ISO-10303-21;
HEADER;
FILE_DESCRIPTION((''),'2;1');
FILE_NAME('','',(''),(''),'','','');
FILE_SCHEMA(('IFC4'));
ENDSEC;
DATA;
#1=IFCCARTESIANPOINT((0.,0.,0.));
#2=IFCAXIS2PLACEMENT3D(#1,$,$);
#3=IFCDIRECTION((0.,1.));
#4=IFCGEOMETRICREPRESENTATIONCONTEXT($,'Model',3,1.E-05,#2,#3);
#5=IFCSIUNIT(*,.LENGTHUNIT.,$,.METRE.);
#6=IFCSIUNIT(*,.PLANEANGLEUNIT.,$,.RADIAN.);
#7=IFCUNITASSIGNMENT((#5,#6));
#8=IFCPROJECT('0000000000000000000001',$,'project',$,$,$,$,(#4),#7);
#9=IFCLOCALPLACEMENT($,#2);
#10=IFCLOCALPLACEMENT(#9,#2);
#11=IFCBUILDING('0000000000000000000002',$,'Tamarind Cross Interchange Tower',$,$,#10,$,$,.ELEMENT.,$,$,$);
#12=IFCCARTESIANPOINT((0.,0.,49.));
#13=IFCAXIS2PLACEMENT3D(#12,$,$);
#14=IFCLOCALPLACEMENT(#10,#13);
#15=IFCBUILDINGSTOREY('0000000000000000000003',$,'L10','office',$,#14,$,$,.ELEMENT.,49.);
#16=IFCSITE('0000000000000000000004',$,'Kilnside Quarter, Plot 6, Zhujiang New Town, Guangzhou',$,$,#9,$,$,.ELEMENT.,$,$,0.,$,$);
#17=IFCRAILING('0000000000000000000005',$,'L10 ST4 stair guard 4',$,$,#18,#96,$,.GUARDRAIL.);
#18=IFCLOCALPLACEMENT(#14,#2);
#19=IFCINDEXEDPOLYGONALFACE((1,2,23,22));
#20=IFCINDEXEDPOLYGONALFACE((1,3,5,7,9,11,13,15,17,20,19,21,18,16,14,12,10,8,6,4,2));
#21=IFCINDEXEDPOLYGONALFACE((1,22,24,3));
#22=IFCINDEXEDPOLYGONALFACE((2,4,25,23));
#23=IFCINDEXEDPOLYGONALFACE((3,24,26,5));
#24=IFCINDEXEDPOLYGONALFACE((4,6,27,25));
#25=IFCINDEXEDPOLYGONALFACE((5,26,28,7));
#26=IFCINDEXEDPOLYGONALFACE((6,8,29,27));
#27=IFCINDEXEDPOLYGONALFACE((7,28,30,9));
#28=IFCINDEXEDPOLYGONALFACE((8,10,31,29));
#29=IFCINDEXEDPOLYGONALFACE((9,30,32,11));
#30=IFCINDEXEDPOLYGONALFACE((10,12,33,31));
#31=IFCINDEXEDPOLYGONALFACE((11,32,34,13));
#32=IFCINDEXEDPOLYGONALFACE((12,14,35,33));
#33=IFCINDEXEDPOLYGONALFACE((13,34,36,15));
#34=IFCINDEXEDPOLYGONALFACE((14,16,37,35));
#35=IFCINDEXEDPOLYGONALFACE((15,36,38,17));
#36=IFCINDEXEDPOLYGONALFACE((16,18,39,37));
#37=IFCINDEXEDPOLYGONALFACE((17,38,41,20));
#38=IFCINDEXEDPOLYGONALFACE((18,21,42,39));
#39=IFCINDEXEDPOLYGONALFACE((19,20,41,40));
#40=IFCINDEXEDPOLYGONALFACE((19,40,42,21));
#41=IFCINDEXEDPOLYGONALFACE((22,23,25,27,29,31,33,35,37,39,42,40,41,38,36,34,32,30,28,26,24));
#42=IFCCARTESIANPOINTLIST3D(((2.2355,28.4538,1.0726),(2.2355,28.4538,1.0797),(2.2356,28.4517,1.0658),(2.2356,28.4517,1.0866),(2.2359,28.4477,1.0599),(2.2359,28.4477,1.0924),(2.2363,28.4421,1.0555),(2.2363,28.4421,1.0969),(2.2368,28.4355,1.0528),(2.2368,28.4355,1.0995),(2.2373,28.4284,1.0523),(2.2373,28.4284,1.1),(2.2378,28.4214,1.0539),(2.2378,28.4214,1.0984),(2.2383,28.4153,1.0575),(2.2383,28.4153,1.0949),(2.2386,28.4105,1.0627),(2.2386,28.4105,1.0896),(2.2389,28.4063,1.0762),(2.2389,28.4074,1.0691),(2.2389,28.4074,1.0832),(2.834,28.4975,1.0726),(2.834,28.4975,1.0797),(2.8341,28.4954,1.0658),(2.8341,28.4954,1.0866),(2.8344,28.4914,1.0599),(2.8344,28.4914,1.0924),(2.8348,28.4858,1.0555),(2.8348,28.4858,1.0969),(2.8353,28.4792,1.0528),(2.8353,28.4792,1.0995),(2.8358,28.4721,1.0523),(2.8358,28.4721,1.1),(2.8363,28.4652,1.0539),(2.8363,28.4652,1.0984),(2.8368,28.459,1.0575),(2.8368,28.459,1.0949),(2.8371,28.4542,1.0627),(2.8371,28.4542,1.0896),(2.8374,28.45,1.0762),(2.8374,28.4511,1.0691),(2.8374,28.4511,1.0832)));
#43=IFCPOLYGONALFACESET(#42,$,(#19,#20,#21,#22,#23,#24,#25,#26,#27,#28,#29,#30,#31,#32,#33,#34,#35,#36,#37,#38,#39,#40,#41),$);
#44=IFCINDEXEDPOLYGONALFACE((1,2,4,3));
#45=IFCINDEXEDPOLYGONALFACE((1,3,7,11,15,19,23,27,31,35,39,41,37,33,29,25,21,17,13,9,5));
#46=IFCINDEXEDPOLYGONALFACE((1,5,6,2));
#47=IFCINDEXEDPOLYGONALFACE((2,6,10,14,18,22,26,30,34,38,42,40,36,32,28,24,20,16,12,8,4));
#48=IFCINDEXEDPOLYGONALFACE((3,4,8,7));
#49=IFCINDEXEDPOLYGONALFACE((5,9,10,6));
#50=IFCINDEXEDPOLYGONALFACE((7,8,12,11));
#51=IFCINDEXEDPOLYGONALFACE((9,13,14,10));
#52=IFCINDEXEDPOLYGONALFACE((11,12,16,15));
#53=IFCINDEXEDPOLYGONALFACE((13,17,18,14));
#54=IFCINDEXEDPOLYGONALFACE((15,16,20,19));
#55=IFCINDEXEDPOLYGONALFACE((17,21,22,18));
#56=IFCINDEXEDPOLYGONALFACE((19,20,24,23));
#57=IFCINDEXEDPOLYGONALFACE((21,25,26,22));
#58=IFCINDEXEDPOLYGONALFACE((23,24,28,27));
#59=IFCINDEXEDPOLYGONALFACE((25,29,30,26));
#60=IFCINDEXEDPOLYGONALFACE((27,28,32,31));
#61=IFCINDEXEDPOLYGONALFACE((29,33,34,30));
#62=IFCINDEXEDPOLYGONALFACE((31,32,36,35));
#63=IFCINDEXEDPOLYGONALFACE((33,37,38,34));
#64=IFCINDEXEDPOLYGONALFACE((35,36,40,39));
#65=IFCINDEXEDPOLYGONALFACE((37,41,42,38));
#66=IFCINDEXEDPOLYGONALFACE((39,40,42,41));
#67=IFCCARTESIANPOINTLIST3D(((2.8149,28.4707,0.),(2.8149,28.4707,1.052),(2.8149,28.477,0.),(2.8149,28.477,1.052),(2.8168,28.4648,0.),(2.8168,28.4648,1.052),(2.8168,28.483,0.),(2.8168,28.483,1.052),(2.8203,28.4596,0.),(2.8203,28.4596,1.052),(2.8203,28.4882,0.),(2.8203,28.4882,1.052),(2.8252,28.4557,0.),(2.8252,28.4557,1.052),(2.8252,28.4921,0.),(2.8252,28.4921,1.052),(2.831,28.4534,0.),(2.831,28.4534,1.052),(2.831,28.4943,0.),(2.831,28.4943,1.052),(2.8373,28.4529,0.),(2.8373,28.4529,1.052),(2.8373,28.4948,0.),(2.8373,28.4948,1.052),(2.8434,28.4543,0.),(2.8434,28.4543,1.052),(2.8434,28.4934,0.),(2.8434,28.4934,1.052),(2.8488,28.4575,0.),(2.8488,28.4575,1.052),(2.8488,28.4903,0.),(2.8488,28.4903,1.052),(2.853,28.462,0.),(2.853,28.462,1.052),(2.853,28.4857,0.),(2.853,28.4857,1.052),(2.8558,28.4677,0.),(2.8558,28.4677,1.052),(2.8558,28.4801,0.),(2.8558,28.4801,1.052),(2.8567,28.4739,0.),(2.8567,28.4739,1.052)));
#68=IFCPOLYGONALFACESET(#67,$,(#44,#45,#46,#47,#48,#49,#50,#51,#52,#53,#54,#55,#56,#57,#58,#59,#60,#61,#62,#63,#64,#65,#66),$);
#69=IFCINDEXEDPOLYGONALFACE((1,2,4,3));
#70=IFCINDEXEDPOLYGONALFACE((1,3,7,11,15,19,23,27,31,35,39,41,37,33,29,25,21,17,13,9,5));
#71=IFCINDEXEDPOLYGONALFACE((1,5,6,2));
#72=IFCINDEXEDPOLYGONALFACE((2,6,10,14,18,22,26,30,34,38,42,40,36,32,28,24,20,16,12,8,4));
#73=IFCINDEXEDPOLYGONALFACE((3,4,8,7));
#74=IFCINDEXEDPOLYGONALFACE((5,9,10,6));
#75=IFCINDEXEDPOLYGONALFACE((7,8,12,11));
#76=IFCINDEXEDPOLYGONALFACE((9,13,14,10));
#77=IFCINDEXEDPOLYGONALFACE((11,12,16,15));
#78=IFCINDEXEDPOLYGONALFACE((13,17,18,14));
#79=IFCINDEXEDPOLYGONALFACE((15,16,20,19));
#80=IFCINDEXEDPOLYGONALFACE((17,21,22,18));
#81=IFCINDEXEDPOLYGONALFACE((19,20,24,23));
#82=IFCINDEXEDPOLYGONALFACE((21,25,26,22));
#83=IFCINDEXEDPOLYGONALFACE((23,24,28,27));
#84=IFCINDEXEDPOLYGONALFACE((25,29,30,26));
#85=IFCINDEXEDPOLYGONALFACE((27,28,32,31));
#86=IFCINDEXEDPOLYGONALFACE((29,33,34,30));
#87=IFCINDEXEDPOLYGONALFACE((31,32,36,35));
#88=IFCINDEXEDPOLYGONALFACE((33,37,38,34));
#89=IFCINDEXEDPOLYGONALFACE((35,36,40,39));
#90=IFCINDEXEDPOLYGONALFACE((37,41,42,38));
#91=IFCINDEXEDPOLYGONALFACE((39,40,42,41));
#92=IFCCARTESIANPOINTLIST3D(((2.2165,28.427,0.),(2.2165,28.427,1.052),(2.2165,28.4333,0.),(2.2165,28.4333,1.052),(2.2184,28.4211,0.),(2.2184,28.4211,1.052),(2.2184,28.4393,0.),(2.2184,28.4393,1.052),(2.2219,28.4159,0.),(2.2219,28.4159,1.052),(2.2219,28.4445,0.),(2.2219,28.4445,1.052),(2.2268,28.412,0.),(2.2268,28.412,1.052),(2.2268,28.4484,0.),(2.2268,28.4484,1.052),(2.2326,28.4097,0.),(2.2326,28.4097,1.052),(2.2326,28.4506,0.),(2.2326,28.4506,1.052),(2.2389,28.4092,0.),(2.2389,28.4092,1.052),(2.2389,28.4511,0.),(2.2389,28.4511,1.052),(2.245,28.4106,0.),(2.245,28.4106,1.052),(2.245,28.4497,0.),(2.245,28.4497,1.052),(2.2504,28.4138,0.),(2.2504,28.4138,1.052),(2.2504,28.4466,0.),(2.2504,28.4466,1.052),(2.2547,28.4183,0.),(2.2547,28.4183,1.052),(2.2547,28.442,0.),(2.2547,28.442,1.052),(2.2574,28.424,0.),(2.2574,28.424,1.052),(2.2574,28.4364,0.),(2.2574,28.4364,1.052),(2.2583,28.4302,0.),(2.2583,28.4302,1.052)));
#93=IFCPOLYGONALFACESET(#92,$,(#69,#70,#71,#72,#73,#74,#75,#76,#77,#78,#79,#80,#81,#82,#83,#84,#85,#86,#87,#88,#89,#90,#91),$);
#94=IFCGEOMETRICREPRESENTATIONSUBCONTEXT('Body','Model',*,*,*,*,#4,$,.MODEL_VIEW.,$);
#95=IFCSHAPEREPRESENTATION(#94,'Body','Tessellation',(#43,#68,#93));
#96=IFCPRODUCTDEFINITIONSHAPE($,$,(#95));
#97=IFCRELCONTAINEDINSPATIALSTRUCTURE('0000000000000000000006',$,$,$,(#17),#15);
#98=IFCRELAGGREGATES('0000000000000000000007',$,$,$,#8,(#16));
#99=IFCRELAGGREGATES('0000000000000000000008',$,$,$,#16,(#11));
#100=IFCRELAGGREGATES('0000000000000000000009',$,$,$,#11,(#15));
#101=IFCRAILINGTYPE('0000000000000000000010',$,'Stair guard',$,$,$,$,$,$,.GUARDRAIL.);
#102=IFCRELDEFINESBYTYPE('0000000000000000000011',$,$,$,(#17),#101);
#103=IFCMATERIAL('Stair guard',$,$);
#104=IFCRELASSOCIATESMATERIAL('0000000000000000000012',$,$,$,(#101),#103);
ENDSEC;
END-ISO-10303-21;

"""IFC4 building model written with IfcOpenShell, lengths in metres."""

from ifc_helpers import new_model, si_unit, direction, frame, origin, origin_2d, place, context, subcontext, project, spatial, circle, extrude, material, type_object, element, save


model = new_model("IFC4")

# Units and contexts
model_context = context("Model", 3, precision=1e-05, world=origin(), true_north=direction((0.0, 1.0)))
body_context = subcontext(model_context, "Body", "Model", "MODEL_VIEW")
ifc_project = project(units=[si_unit("LENGTHUNIT", "METRE"), si_unit("PLANEANGLEUNIT", "RADIAN")], contexts=[model_context])

# Site, building, storey
site_placement = place(None, origin())
site = spatial("IfcSite", under=ifc_project, at=site_placement, Name="Kilnside Quarter, Plot 6, Zhujiang New Town, Guangzhou", CompositionType="ELEMENT", RefElevation=0.0)
building_placement = place(site_placement, origin())
building = spatial("IfcBuilding", under=site, at=building_placement, Name="Tamarind Cross Interchange Tower", CompositionType="ELEMENT")
storey_placement = place(building_placement, frame((0.0, 0.0, 49.0)))
storey = spatial("IfcBuildingStorey", under=building, at=storey_placement, Name="L10", Description="office", CompositionType="ELEMENT", Elevation=49.0)

# Railing
ifc_material_1 = material(Name="Stair guard")
railing_type_1 = type_object("IfcRailingType", Name="Stair guard", PredefinedType="GUARDRAIL", material=ifc_material_1)
railing_1_placement = place(storey_placement, frame((2.8357, 28.4739, 0.0)))
element("IfcRailing", 1, at=railing_1_placement, inside=storey, type_object=railing_type_1, Name="L10 ST4 stair guard 4", PredefinedType="GUARDRAIL", context=body_context, shape_type="SweptSolid", body=[
    extrude(circle(Radius=0.0239, at=origin_2d()), frame((0.0, 0.0, 1.0762), z_axis=(-0.997344, -0.072837, 0.0), x_axis=(0.072837, -0.997344, 0.0)), (0.0, 0.0, 1.0), 0.6001),
    extrude(circle(Radius=0.021, at=origin_2d()), origin(), (0.0, 0.0, 1.0), 1.052),
    extrude(circle(Radius=0.021, at=origin_2d()), frame((-0.5984, -0.0437, 0.0)), (0.0, 0.0, 1.0), 1.052),
])

save(model, "model.ifc")
